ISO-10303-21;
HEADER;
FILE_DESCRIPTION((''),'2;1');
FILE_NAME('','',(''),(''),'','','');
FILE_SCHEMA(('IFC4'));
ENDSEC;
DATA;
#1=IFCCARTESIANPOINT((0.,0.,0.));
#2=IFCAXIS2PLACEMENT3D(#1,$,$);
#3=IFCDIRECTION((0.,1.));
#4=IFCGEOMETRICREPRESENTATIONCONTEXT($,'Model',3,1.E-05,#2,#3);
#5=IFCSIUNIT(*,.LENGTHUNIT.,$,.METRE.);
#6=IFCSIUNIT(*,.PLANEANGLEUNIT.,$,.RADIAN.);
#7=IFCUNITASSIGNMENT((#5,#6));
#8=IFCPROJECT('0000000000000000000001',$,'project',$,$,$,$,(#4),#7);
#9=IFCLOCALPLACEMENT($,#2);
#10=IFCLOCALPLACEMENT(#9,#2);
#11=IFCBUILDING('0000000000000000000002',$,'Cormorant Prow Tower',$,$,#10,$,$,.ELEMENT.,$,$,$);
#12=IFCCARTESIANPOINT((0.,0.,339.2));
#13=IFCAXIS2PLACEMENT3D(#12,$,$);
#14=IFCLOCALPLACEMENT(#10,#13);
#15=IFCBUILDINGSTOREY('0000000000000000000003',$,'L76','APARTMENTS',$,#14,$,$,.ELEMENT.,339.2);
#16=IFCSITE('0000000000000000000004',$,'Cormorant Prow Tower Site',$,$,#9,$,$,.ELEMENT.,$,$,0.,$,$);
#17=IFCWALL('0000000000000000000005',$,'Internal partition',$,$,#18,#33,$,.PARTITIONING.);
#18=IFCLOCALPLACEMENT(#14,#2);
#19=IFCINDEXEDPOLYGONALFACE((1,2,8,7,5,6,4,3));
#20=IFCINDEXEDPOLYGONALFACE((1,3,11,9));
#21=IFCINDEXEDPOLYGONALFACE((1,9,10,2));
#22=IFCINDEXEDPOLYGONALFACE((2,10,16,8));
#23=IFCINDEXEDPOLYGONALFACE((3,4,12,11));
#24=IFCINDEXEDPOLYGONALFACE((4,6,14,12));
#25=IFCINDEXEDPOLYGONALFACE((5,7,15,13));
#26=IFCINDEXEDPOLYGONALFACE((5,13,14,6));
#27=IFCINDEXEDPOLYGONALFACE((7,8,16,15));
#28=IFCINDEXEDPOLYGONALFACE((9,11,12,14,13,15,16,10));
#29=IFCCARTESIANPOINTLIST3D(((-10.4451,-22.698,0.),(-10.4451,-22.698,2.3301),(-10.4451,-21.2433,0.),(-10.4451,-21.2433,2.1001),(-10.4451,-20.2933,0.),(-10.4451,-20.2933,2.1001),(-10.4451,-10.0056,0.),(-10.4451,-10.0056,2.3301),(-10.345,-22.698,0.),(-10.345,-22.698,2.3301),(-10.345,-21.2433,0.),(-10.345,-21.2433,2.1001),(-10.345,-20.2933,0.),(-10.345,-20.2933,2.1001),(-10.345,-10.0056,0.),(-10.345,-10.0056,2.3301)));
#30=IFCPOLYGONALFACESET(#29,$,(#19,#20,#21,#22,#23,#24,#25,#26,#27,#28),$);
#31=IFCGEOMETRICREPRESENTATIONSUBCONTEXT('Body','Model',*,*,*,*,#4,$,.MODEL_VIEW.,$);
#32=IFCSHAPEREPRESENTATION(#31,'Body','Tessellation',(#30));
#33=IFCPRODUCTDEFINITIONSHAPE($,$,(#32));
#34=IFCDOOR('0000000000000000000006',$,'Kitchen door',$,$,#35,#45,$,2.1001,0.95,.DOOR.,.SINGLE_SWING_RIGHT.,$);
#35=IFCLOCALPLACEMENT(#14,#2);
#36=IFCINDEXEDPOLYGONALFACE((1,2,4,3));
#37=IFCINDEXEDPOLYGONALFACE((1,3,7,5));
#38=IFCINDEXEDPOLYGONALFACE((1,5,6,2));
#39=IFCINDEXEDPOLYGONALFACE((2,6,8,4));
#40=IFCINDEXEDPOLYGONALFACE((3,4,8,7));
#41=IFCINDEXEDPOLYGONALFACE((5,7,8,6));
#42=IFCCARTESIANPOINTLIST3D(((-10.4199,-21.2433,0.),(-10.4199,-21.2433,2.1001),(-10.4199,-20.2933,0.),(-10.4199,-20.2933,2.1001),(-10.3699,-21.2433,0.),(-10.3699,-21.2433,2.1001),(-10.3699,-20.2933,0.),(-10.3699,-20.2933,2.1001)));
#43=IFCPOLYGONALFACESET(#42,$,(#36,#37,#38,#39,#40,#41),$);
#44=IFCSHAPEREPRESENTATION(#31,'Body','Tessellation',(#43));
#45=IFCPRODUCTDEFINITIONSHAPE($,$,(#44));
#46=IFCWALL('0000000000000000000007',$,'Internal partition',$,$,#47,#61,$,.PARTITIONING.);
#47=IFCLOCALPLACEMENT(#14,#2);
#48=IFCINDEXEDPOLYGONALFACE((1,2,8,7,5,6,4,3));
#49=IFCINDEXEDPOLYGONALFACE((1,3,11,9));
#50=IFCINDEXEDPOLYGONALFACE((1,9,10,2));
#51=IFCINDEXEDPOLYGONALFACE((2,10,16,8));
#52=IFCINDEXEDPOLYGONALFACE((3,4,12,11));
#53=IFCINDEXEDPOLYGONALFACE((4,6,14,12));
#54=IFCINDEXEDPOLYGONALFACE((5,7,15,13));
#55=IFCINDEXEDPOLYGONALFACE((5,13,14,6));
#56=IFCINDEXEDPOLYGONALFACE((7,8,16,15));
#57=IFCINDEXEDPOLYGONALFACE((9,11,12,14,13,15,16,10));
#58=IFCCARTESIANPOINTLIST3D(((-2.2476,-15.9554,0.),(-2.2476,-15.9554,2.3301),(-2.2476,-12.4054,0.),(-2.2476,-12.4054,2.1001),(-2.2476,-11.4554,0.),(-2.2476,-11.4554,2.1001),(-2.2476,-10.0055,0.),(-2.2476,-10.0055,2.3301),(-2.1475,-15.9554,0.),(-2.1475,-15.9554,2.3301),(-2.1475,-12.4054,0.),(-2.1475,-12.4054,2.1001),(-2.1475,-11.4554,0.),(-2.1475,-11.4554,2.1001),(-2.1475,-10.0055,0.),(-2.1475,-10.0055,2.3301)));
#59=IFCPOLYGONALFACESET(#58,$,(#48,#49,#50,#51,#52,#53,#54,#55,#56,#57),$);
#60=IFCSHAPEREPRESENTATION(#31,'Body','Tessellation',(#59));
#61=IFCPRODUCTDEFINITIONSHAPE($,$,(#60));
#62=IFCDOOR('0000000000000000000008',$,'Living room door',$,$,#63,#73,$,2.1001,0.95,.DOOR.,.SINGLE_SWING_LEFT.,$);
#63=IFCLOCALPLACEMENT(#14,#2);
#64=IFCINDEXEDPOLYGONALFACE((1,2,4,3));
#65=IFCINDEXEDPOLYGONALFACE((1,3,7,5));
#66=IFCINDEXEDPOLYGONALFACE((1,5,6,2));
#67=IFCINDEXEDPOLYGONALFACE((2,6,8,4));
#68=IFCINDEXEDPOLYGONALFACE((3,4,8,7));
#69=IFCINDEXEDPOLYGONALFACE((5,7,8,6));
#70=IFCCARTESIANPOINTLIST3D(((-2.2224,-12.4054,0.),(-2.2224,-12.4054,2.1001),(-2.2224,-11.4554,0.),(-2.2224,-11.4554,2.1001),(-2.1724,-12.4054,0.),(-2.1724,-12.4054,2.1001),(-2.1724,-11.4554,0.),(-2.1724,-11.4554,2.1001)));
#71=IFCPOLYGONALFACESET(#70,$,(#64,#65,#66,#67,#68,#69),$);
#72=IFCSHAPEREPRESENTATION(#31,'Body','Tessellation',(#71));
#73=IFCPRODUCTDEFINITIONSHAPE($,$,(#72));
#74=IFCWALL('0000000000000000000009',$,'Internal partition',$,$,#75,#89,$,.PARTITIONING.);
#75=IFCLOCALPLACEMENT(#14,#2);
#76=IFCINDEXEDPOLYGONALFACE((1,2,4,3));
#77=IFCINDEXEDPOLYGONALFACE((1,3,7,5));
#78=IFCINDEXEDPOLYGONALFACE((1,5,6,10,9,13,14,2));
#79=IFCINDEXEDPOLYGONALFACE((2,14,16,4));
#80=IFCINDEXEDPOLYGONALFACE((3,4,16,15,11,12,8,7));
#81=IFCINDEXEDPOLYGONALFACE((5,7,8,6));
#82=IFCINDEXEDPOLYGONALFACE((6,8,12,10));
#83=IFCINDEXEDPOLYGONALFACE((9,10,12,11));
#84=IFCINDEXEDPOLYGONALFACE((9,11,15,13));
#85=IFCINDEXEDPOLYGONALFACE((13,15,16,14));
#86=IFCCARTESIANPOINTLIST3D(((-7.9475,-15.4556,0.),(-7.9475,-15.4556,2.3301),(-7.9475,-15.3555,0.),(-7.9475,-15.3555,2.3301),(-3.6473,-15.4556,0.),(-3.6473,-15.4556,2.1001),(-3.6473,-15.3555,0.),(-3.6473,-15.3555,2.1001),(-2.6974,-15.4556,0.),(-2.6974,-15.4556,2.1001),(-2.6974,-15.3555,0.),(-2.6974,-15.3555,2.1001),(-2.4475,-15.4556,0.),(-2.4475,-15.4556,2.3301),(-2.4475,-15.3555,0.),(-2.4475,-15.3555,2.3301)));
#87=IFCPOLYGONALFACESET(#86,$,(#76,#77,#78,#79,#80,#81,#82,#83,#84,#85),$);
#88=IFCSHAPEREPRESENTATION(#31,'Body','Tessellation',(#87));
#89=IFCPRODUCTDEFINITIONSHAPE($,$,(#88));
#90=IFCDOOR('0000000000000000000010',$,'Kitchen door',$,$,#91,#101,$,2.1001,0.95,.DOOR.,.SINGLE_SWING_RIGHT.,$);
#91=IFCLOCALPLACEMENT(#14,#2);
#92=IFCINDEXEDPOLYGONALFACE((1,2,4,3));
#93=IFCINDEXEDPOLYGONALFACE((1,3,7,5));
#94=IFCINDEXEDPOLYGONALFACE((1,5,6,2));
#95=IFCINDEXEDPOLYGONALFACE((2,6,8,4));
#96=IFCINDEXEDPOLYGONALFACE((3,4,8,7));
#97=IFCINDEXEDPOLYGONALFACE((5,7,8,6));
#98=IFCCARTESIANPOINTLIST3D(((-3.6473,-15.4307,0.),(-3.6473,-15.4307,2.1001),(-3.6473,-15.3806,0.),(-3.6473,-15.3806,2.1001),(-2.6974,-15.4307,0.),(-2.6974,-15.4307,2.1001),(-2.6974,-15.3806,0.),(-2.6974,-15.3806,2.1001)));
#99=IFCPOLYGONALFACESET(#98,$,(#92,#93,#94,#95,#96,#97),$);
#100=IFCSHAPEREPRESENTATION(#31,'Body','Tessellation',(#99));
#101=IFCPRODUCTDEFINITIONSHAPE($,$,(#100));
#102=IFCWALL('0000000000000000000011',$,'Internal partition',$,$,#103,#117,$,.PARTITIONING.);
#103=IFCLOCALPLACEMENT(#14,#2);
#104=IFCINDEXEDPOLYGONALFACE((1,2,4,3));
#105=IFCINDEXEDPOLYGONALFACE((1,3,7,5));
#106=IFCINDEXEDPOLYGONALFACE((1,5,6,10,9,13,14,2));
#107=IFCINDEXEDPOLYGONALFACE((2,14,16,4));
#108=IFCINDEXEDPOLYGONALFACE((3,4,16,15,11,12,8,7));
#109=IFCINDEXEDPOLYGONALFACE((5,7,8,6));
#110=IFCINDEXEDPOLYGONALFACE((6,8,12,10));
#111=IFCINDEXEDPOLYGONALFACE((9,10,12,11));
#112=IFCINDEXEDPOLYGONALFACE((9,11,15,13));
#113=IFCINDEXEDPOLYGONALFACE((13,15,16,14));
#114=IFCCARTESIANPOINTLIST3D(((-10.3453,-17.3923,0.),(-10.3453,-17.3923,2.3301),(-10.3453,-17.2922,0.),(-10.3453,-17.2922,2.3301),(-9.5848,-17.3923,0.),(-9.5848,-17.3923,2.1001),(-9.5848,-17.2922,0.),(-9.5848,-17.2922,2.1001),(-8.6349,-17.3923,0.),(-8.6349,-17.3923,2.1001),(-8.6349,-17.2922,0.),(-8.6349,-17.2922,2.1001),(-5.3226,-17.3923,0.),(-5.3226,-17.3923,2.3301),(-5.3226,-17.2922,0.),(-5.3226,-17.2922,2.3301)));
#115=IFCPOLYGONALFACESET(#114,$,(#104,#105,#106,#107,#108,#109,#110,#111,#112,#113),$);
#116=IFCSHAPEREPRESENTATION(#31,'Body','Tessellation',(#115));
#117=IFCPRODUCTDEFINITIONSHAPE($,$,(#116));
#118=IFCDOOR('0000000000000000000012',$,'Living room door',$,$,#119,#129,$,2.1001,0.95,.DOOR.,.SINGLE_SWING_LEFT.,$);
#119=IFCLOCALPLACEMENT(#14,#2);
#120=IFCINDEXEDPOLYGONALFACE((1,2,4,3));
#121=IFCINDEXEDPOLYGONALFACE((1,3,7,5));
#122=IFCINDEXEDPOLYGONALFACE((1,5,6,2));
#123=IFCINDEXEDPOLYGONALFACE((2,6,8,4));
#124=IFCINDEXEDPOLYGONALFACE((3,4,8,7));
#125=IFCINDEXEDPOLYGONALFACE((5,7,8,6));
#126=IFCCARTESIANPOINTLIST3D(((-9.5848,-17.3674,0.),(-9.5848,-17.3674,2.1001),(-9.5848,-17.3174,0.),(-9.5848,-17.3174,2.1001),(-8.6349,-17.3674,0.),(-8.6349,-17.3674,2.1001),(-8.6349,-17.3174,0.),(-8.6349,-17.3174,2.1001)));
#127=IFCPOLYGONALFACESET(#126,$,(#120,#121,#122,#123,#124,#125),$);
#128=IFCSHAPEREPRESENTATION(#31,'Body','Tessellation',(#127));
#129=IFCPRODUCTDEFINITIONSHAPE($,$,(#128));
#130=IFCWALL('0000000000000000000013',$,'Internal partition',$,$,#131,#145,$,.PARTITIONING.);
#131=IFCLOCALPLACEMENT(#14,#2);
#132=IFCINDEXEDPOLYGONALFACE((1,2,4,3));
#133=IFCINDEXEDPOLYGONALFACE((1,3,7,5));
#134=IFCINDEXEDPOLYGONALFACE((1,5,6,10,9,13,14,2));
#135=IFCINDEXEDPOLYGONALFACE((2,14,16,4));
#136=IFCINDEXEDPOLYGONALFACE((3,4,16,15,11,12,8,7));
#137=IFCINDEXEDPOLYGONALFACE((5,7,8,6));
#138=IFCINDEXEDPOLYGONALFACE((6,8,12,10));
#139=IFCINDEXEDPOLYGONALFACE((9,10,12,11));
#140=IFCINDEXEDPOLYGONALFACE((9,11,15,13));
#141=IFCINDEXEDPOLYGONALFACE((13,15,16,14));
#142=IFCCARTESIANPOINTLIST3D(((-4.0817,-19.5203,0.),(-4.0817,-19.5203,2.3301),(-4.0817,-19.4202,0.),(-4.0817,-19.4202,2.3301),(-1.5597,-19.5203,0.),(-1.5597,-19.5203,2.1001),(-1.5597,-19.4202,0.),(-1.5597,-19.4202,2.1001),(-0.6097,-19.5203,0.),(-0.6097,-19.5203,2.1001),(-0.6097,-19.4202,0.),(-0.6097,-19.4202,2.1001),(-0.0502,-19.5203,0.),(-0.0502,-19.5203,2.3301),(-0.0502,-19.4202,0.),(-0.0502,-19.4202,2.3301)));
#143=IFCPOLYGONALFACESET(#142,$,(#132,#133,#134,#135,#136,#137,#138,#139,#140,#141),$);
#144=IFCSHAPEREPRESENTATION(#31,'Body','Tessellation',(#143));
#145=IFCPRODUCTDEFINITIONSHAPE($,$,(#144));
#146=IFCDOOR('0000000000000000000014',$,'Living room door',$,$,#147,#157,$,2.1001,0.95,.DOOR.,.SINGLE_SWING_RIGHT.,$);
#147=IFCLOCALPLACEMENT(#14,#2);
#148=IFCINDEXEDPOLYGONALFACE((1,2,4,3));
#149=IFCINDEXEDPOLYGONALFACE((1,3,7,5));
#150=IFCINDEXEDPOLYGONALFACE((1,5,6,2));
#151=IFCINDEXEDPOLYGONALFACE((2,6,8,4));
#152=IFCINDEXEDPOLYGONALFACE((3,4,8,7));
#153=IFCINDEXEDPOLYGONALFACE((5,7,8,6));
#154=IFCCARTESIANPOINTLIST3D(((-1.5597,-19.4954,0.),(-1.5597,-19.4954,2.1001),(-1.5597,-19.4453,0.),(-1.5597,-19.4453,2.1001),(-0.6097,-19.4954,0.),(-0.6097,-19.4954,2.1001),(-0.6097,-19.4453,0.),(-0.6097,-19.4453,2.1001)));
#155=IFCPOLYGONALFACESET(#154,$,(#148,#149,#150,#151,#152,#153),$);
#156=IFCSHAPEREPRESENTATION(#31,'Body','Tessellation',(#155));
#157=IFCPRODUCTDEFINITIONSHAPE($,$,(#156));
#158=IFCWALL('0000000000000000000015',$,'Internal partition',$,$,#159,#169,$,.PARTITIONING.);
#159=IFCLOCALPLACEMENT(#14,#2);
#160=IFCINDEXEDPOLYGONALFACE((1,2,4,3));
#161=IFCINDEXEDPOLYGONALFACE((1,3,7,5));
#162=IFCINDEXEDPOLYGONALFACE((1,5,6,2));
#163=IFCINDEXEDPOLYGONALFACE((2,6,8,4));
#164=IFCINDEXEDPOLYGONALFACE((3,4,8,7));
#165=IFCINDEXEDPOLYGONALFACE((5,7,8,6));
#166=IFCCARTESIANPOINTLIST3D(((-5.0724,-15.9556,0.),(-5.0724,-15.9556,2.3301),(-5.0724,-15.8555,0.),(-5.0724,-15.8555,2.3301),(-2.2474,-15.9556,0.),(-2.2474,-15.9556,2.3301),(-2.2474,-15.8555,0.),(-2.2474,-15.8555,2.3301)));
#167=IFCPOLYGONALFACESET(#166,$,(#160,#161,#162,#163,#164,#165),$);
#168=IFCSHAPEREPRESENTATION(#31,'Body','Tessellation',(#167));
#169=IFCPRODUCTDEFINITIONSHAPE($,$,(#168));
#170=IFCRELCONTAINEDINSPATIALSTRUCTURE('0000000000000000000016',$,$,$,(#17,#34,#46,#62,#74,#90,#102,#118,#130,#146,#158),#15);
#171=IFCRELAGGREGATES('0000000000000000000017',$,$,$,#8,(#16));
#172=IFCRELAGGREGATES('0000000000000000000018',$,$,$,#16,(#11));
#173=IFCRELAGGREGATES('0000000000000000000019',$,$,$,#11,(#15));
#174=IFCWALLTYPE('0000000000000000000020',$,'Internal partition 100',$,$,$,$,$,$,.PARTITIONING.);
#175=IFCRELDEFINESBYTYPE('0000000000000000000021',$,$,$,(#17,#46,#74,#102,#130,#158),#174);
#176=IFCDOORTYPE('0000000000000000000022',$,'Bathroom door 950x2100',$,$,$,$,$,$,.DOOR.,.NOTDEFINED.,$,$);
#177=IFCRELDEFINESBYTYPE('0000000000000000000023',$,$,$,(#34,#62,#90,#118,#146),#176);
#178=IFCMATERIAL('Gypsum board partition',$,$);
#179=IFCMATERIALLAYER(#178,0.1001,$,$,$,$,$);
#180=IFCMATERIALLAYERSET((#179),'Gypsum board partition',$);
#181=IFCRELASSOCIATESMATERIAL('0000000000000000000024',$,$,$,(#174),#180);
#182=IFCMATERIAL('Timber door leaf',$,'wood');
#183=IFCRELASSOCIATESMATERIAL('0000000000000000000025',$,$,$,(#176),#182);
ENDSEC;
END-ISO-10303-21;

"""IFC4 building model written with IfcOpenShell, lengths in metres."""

from ifc_helpers import new_model, si_unit, direction, frame, frame_2d, origin, place, context, subcontext, project, spatial, rectangle, extrude, material, layer, layer_set, type_object, element, fill, save


model = new_model("IFC4")

# Units and contexts
model_context = context("Model", 3, precision=1e-05, world=origin(), true_north=direction((0.0, 1.0)))
body_context = subcontext(model_context, "Body", "Model", "MODEL_VIEW")
ifc_project = project(units=[si_unit("LENGTHUNIT", "METRE"), si_unit("PLANEANGLEUNIT", "RADIAN")], contexts=[model_context])

# Site, building, storey
site_placement = place(None, origin())
site = spatial("IfcSite", under=ifc_project, at=site_placement, Name="Cormorant Prow Tower Site", CompositionType="ELEMENT", RefElevation=0.0)
building_placement = place(site_placement, origin())
building = spatial("IfcBuilding", under=site, at=building_placement, Name="Cormorant Prow Tower", CompositionType="ELEMENT")
storey_placement = place(building_placement, frame((0.0, 0.0, 339.2)))
storey = spatial("IfcBuildingStorey", under=building, at=storey_placement, Name="L76", Description="APARTMENTS", CompositionType="ELEMENT", Elevation=339.2)

# Walls, openings, doors
ifc_material_1 = material(Name="Gypsum board partition")
ifc_layer_1 = layer(ifc_material_1, 0.1001)
ifc_layer_set_1 = layer_set([ifc_layer_1], Name="Gypsum board partition")
wall_type_1 = type_object("IfcWallType", Name="Internal partition 100", PredefinedType="PARTITIONING", material=ifc_layer_set_1)
wall_1_placement = place(storey_placement, frame((-10.395, -22.698, 0.0), z_axis=(0.0, 0.0, 1.0), x_axis=(0.0, 1.0, 0.0)))
wall_1 = element("IfcWall", 1, at=wall_1_placement, inside=storey, type_object=wall_type_1, Name="Internal partition", PredefinedType="PARTITIONING", context=body_context, shape_type="SweptSolid", body=[
    extrude(rectangle(XDim=12.6924, YDim=0.1001, at=frame_2d((6.3462, 0.0))), origin(), (0.0, 0.0, 1.0), 2.3301),
])
opening_1_placement = place(wall_1_placement, frame((1.4546, 0.0, 0.0)))
opening_1 = element("IfcOpeningElement", 2, at=opening_1_placement, cuts=wall_1, PredefinedType="OPENING", context=body_context, shape_type="SweptSolid", body=[
    extrude(rectangle(XDim=0.95, YDim=2.1001, at=frame_2d((0.4751, 1.05))), frame((0.0, 0.0601, 0.0), z_axis=(0.0, -1.0, 0.0), x_axis=(1.0, 0.0, 0.0)), (0.0, 0.0, 1.0), 0.1201),
])
ifc_material_2 = material(Name="Timber door leaf", Category="wood")
door_type_1 = type_object("IfcDoorType", Name="Bathroom door 950x2100", OperationType="NOTDEFINED", PredefinedType="DOOR", material=ifc_material_2)
door_1_placement = place(opening_1_placement, origin())
door_1 = element("IfcDoor", 3, at=door_1_placement, inside=storey, type_object=door_type_1, Name="Kitchen door", OperationType="SINGLE_SWING_RIGHT", OverallHeight=2.1001, OverallWidth=0.95, PredefinedType="DOOR", context=body_context, shape_type="SweptSolid", body=[
    extrude(rectangle(XDim=0.95, YDim=2.1001, at=frame_2d((0.4751, 1.05))), frame((0.0, 0.0249, 0.0), z_axis=(0.0, -1.0, 0.0), x_axis=(1.0, 0.0, 0.0)), (0.0, 0.0, 1.0), 0.05),
])
fill(opening_1, door_1)
wall_2_placement = place(storey_placement, frame((-2.1975, -15.9556, 0.0), z_axis=(0.0, 0.0, 1.0), x_axis=(0.0, 1.0, 0.0)))
wall_2 = element("IfcWall", 4, at=wall_2_placement, inside=storey, type_object=wall_type_1, Name="Internal partition", PredefinedType="PARTITIONING", context=body_context, shape_type="SweptSolid", body=[
    extrude(rectangle(XDim=5.95, YDim=0.1001, at=frame_2d((2.9751, 0.0))), origin(), (0.0, 0.0, 1.0), 2.3301),
])
opening_2_placement = place(wall_2_placement, frame((3.55, 0.0, 0.0)))
opening_2 = element("IfcOpeningElement", 5, at=opening_2_placement, cuts=wall_2, PredefinedType="OPENING", context=body_context, shape_type="SweptSolid", body=[
    extrude(rectangle(XDim=0.95, YDim=2.1001, at=frame_2d((0.4751, 1.05))), frame((0.0, 0.0601, 0.0), z_axis=(0.0, -1.0, 0.0), x_axis=(1.0, 0.0, 0.0)), (0.0, 0.0, 1.0), 0.1201),
])
door_2_placement = place(opening_2_placement, origin())
door_2 = element("IfcDoor", 6, at=door_2_placement, inside=storey, type_object=door_type_1, Name="Living room door", OperationType="SINGLE_SWING_LEFT", OverallHeight=2.1001, OverallWidth=0.95, PredefinedType="DOOR", context=body_context, shape_type="SweptSolid", body=[
    extrude(rectangle(XDim=0.95, YDim=2.1001, at=frame_2d((0.4751, 1.05))), frame((0.0, 0.0249, 0.0), z_axis=(0.0, -1.0, 0.0), x_axis=(1.0, 0.0, 0.0)), (0.0, 0.0, 1.0), 0.05),
])
fill(opening_2, door_2)
wall_3_placement = place(storey_placement, frame((-7.9475, -15.4055, 0.0), z_axis=(0.0, 0.0, 1.0), x_axis=(1.0, 0.0, 0.0)))
wall_3 = element("IfcWall", 7, at=wall_3_placement, inside=storey, type_object=wall_type_1, Name="Internal partition", PredefinedType="PARTITIONING", context=body_context, shape_type="SweptSolid", body=[
    extrude(rectangle(XDim=5.5, YDim=0.1001, at=frame_2d((2.75, 0.0))), origin(), (0.0, 0.0, 1.0), 2.3301),
])
opening_3_placement = place(wall_3_placement, frame((4.3, 0.0, 0.0)))
opening_3 = element("IfcOpeningElement", 8, at=opening_3_placement, cuts=wall_3, PredefinedType="OPENING", context=body_context, shape_type="SweptSolid", body=[
    extrude(rectangle(XDim=0.95, YDim=2.1001, at=frame_2d((0.4751, 1.05))), frame((0.0, 0.0601, 0.0), z_axis=(0.0, -1.0, 0.0), x_axis=(1.0, 0.0, 0.0)), (0.0, 0.0, 1.0), 0.1201),
])
door_3_placement = place(opening_3_placement, origin())
door_3 = element("IfcDoor", 9, at=door_3_placement, inside=storey, type_object=door_type_1, Name="Kitchen door", OperationType="SINGLE_SWING_RIGHT", OverallHeight=2.1001, OverallWidth=0.95, PredefinedType="DOOR", context=body_context, shape_type="SweptSolid", body=[
    extrude(rectangle(XDim=0.95, YDim=2.1001, at=frame_2d((0.4751, 1.05))), frame((0.0, 0.0249, 0.0), z_axis=(0.0, -1.0, 0.0), x_axis=(1.0, 0.0, 0.0)), (0.0, 0.0, 1.0), 0.05),
])
fill(opening_3, door_3)
wall_4_placement = place(storey_placement, frame((-10.3452, -17.3423, 0.0), z_axis=(0.0, 0.0, 1.0), x_axis=(1.0, 0.0, 0.0)))
wall_4 = element("IfcWall", 10, at=wall_4_placement, inside=storey, type_object=wall_type_1, Name="Internal partition", PredefinedType="PARTITIONING", context=body_context, shape_type="SweptSolid", body=[
    extrude(rectangle(XDim=5.0227, YDim=0.1001, at=frame_2d((2.5112, 0.0))), origin(), (0.0, 0.0, 1.0), 2.3301),
])
opening_4_placement = place(wall_4_placement, frame((0.7603, 0.0, 0.0)))
opening_4 = element("IfcOpeningElement", 11, at=opening_4_placement, cuts=wall_4, PredefinedType="OPENING", context=body_context, shape_type="SweptSolid", body=[
    extrude(rectangle(XDim=0.95, YDim=2.1001, at=frame_2d((0.4751, 1.05))), frame((0.0, 0.0601, 0.0), z_axis=(0.0, -1.0, 0.0), x_axis=(1.0, 0.0, 0.0)), (0.0, 0.0, 1.0), 0.1201),
])
door_4_placement = place(opening_4_placement, origin())
door_4 = element("IfcDoor", 12, at=door_4_placement, inside=storey, type_object=door_type_1, Name="Living room door", OperationType="SINGLE_SWING_LEFT", OverallHeight=2.1001, OverallWidth=0.95, PredefinedType="DOOR", context=body_context, shape_type="SweptSolid", body=[
    extrude(rectangle(XDim=0.95, YDim=2.1001, at=frame_2d((0.4751, 1.05))), frame((0.0, 0.0249, 0.0), z_axis=(0.0, -1.0, 0.0), x_axis=(1.0, 0.0, 0.0)), (0.0, 0.0, 1.0), 0.05),
])
fill(opening_4, door_4)
wall_5_placement = place(storey_placement, frame((-4.0815, -19.4702, 0.0), z_axis=(0.0, 0.0, 1.0), x_axis=(1.0, 0.0, 0.0)))
wall_5 = element("IfcWall", 13, at=wall_5_placement, inside=storey, type_object=wall_type_1, Name="Internal partition", PredefinedType="PARTITIONING", context=body_context, shape_type="SweptSolid", body=[
    extrude(rectangle(XDim=4.0315, YDim=0.1001, at=frame_2d((2.0156, 0.0))), origin(), (0.0, 0.0, 1.0), 2.3301),
])
opening_5_placement = place(wall_5_placement, frame((2.5217, 0.0, 0.0)))
opening_5 = element("IfcOpeningElement", 14, at=opening_5_placement, cuts=wall_5, PredefinedType="OPENING", context=body_context, shape_type="SweptSolid", body=[
    extrude(rectangle(XDim=0.95, YDim=2.1001, at=frame_2d((0.4751, 1.05))), frame((0.0, 0.0601, 0.0), z_axis=(0.0, -1.0, 0.0), x_axis=(1.0, 0.0, 0.0)), (0.0, 0.0, 1.0), 0.1201),
])
door_5_placement = place(opening_5_placement, origin())
door_5 = element("IfcDoor", 15, at=door_5_placement, inside=storey, type_object=door_type_1, Name="Living room door", OperationType="SINGLE_SWING_RIGHT", OverallHeight=2.1001, OverallWidth=0.95, PredefinedType="DOOR", context=body_context, shape_type="SweptSolid", body=[
    extrude(rectangle(XDim=0.95, YDim=2.1001, at=frame_2d((0.4751, 1.05))), frame((0.0, 0.0249, 0.0), z_axis=(0.0, -1.0, 0.0), x_axis=(1.0, 0.0, 0.0)), (0.0, 0.0, 1.0), 0.05),
])
fill(opening_5, door_5)

# Wall
wall_6_placement = place(storey_placement, frame((-5.0725, -15.9055, 0.0), z_axis=(0.0, 0.0, 1.0), x_axis=(1.0, 0.0, 0.0)))
element("IfcWall", 16, at=wall_6_placement, inside=storey, type_object=wall_type_1, Name="Internal partition", PredefinedType="PARTITIONING", context=body_context, shape_type="SweptSolid", body=[
    extrude(rectangle(XDim=2.825, YDim=0.1001, at=frame_2d((1.4126, 0.0))), origin(), (0.0, 0.0, 1.0), 2.3301),
])

save(model, "model.ifc")
